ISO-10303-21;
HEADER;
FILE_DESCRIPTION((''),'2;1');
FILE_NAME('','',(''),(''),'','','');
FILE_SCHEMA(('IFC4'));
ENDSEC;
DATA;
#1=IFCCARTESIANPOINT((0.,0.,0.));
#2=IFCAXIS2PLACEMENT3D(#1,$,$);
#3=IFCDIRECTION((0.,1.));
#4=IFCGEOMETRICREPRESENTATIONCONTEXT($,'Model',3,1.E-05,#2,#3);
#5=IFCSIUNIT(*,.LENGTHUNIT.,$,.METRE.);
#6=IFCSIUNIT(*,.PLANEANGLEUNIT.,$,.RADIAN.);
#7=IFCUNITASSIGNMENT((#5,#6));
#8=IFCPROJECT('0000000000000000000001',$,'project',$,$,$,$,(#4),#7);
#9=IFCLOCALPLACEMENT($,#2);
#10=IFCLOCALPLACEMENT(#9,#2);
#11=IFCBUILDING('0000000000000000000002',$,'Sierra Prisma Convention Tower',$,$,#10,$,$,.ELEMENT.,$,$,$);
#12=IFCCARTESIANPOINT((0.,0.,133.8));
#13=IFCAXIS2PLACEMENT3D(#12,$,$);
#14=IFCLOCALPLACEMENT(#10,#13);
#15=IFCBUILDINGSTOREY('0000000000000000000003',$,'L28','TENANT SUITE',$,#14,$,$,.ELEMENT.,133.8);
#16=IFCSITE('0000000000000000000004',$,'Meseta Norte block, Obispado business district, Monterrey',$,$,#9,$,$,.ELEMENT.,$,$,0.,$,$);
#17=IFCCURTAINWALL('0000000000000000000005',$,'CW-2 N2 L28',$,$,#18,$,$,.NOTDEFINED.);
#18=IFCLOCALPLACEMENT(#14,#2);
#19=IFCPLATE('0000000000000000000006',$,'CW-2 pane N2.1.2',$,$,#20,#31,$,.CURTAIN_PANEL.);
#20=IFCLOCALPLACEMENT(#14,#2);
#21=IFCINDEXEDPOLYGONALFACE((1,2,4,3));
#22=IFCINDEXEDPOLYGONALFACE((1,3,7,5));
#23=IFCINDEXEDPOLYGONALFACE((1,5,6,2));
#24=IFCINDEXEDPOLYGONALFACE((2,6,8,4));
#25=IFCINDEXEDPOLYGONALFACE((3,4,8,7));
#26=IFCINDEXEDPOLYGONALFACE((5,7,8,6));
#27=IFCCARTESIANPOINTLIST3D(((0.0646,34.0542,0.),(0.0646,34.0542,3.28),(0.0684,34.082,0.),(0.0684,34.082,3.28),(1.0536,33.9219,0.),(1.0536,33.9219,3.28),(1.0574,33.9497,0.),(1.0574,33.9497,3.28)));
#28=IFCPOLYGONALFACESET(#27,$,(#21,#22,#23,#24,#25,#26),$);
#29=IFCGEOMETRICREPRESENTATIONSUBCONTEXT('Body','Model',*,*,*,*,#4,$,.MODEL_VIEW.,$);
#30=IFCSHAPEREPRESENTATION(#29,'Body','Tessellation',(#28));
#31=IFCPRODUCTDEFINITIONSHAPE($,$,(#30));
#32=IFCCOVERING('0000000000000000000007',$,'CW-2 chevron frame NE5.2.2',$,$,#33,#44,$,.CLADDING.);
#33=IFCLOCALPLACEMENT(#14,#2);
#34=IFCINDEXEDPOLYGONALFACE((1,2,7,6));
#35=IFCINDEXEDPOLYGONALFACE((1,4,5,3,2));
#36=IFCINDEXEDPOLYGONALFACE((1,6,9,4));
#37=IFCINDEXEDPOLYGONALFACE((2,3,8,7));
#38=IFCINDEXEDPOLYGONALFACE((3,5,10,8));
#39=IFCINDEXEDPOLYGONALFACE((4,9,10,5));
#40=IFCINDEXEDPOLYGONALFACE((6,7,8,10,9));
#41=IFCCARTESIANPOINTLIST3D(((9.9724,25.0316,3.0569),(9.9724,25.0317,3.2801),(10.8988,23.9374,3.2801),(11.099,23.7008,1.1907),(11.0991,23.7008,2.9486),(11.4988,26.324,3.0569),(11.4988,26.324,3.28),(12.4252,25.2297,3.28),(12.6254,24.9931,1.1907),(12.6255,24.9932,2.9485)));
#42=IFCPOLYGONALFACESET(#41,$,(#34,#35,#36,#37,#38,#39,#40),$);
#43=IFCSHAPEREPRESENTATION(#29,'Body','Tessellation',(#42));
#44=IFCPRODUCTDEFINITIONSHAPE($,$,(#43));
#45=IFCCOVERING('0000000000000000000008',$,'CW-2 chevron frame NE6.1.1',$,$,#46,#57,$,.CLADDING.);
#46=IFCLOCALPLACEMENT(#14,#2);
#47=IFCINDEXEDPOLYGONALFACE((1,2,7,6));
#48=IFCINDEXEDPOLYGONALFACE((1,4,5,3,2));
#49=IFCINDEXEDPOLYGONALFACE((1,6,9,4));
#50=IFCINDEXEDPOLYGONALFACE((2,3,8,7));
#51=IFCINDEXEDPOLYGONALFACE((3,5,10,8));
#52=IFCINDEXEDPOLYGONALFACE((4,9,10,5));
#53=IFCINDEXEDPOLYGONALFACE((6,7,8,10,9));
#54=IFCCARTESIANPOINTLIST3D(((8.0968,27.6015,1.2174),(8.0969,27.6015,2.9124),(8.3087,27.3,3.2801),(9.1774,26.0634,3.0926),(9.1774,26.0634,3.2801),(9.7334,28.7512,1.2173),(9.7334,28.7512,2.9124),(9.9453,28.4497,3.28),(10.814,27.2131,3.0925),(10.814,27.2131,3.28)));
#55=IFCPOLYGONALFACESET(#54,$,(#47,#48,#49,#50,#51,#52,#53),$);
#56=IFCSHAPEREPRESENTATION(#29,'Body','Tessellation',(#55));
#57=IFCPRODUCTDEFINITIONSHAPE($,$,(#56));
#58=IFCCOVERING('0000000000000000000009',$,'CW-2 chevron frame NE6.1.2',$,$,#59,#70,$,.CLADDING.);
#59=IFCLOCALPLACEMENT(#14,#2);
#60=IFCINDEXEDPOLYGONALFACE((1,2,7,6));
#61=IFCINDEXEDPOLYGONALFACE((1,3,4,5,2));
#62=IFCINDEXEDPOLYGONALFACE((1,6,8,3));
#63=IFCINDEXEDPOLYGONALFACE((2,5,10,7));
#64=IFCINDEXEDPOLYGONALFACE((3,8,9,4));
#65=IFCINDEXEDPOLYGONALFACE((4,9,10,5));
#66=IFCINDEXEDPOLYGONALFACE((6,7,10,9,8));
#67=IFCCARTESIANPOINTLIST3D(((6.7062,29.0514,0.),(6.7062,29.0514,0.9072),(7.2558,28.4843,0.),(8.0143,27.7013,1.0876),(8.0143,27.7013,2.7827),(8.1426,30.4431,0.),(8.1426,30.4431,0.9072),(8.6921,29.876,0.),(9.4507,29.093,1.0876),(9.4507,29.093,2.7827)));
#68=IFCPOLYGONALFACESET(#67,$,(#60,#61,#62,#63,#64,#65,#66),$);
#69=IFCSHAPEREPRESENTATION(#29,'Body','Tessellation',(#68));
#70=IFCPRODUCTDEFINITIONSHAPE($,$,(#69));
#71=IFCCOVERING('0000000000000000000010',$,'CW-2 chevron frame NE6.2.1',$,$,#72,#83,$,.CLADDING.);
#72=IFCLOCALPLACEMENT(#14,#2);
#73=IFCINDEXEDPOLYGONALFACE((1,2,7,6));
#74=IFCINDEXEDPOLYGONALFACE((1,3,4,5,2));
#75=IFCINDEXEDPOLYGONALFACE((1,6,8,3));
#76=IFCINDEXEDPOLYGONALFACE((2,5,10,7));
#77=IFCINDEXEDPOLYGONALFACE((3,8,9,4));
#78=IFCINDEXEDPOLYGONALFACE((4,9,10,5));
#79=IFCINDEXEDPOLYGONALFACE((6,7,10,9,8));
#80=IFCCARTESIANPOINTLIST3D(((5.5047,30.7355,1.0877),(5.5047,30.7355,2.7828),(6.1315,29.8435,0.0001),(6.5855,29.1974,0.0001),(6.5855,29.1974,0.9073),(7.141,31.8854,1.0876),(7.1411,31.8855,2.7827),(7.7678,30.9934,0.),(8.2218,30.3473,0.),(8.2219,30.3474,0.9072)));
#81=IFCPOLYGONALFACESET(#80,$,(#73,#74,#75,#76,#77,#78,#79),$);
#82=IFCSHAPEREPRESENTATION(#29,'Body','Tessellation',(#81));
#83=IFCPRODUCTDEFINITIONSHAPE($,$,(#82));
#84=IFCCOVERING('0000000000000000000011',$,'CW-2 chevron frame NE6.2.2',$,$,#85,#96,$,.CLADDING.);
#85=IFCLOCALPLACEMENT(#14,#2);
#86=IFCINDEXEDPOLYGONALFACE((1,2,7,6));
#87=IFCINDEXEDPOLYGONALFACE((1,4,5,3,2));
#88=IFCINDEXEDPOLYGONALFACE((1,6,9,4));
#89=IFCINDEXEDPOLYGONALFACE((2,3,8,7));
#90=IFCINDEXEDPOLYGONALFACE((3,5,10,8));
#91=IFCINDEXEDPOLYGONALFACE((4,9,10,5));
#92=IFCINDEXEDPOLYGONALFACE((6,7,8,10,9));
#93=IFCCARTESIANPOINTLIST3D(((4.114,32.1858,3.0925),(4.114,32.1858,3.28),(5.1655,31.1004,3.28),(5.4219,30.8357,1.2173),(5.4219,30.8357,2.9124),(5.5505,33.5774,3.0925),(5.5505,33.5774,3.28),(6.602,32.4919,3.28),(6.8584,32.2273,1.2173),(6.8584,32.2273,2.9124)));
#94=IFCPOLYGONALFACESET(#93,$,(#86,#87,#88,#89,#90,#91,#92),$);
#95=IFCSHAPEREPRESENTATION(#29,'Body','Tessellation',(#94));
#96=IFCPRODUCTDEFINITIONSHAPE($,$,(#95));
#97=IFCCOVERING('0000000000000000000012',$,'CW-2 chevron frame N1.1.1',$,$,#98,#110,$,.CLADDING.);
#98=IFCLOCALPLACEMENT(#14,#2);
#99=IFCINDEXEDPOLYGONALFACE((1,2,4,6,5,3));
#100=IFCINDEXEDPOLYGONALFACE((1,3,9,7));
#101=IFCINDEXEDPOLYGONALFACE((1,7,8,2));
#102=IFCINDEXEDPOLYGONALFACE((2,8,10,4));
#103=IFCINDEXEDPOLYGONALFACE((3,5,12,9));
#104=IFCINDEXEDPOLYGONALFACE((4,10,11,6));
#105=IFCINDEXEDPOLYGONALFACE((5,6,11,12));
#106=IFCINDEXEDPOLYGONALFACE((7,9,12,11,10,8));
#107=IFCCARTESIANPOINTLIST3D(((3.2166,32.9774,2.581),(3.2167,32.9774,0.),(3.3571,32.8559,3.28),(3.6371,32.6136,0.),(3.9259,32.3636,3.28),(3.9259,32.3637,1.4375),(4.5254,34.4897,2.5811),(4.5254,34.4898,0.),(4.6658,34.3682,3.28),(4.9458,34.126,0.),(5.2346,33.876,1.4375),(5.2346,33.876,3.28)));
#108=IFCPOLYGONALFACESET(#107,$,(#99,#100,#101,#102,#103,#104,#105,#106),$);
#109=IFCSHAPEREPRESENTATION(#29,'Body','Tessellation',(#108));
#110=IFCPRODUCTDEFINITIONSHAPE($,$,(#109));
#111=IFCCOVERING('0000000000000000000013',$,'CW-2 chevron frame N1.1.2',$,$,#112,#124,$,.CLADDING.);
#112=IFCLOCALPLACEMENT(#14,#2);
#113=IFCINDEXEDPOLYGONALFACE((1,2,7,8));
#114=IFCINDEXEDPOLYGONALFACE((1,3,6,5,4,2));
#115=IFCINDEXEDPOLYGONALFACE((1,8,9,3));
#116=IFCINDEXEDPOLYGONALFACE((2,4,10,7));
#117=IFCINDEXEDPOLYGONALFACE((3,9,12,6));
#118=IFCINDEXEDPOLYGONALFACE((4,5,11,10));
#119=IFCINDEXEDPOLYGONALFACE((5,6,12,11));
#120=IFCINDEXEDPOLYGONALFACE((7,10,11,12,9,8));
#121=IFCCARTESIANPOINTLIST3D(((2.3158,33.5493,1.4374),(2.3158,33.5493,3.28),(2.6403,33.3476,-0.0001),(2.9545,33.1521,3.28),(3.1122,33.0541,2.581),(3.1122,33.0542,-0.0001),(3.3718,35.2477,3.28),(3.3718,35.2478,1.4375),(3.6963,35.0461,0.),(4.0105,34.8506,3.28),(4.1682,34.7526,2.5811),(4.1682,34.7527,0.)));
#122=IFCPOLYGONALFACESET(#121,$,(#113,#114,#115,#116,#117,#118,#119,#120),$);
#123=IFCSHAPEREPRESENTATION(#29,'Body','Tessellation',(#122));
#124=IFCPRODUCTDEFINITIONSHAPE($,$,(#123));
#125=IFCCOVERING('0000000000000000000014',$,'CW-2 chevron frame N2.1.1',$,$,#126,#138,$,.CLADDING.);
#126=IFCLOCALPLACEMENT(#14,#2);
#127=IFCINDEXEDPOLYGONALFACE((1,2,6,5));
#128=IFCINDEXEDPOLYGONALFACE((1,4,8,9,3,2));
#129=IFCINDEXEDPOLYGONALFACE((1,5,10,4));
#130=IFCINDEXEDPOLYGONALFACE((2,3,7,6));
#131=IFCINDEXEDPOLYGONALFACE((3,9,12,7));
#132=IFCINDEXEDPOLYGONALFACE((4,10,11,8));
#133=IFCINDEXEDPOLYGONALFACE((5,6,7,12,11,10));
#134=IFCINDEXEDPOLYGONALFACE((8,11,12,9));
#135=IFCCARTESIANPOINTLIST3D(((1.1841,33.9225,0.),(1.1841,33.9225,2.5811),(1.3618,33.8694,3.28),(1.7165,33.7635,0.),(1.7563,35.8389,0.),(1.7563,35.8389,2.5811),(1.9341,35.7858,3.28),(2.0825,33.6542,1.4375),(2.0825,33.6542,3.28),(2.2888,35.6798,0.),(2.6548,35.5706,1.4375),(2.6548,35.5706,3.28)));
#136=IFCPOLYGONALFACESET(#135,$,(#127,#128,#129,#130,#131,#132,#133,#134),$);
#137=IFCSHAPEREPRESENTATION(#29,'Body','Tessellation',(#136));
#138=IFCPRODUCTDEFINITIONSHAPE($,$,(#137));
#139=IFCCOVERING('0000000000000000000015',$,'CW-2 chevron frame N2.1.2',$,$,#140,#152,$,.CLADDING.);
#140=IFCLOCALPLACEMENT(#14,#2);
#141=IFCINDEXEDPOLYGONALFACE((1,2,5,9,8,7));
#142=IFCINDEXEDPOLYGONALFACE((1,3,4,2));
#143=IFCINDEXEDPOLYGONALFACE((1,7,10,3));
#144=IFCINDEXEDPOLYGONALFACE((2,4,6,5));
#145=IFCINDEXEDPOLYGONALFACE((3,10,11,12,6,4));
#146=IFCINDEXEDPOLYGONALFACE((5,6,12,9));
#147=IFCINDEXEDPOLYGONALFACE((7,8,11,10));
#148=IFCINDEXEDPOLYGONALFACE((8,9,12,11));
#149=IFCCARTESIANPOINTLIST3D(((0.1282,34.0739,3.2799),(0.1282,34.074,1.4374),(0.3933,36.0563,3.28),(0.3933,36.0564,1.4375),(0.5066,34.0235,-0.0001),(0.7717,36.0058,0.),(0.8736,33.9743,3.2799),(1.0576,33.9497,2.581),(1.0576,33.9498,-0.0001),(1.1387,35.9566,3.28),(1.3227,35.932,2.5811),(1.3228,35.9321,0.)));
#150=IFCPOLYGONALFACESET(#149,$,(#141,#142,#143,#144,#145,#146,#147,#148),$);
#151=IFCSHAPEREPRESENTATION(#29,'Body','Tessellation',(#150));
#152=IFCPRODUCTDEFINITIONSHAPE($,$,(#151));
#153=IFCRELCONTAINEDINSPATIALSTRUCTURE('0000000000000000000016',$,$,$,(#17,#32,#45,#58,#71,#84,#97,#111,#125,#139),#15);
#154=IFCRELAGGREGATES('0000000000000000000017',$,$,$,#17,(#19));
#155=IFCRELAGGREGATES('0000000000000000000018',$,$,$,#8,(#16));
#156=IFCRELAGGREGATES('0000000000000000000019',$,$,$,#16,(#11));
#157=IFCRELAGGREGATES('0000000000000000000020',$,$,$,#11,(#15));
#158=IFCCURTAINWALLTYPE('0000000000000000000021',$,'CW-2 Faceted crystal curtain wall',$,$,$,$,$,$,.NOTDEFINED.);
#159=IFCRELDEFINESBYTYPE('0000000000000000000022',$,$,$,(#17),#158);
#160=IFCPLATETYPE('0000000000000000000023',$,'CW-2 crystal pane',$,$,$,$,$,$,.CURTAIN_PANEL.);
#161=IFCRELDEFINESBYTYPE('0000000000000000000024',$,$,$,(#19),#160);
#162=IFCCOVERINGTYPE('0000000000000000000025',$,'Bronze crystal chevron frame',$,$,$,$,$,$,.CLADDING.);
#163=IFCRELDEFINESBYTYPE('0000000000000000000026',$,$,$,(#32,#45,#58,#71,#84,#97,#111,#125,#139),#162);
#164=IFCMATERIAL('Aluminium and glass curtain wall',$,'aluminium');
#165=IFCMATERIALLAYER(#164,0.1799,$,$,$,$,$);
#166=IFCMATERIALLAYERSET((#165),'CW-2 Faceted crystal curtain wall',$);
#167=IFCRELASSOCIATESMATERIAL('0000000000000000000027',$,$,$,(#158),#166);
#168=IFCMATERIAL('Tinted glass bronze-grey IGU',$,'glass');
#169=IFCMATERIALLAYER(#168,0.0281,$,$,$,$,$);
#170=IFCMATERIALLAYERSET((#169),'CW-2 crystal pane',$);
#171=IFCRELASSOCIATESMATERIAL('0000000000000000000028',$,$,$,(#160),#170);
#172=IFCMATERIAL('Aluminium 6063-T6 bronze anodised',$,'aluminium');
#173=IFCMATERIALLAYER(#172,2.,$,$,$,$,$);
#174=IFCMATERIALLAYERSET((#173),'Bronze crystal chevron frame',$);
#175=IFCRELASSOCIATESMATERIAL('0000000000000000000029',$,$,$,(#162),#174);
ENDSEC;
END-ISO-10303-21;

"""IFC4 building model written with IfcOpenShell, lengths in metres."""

from ifc_helpers import new_model, si_unit, direction, frame, origin, place, context, subcontext, project, spatial, polyline, outline, extrude, material, layer, layer_set, type_object, element, aggregate, save


model = new_model("IFC4")

# Units and contexts
model_context = context("Model", 3, precision=1e-05, world=origin(), true_north=direction((0.0, 1.0)))
body_context = subcontext(model_context, "Body", "Model", "MODEL_VIEW")
ifc_project = project(units=[si_unit("LENGTHUNIT", "METRE"), si_unit("PLANEANGLEUNIT", "RADIAN")], contexts=[model_context])

# Site, building, storey
site_placement = place(None, origin())
site = spatial("IfcSite", under=ifc_project, at=site_placement, Name="Meseta Norte block, Obispado business district, Monterrey", CompositionType="ELEMENT", RefElevation=0.0)
building_placement = place(site_placement, origin())
building = spatial("IfcBuilding", under=site, at=building_placement, Name="Sierra Prisma Convention Tower", CompositionType="ELEMENT")
storey_placement = place(building_placement, frame((0.0, 0.0, 133.8)))
storey = spatial("IfcBuildingStorey", under=building, at=storey_placement, Name="L28", Description="TENANT SUITE", CompositionType="ELEMENT", Elevation=133.8)

# Shared definitions
ifc_material_1 = material(Name="Aluminium and glass curtain wall", Category="aluminium")
ifc_layer_1 = layer(ifc_material_1, 0.1799)
ifc_layer_set_1 = layer_set([ifc_layer_1], Name="CW-2 Faceted crystal curtain wall")
curtain_wall_type = type_object("IfcCurtainWallType", Name="CW-2 Faceted crystal curtain wall", PredefinedType="NOTDEFINED", material=ifc_layer_set_1)

# Curtain wall
curtain_wall_1_placement = place(storey_placement, origin())
curtain_wall_1 = element("IfcCurtainWall", 1, at=curtain_wall_1_placement, inside=storey, type_object=curtain_wall_type, Name="CW-2 N2 L28", PredefinedType="NOTDEFINED")

# Plate
ifc_material_2 = material(Name="Tinted glass bronze-grey IGU", Category="glass")
ifc_layer_2 = layer(ifc_material_2, 0.0281)
ifc_layer_set_2 = layer_set([ifc_layer_2], Name="CW-2 crystal pane")
plate_type = type_object("IfcPlateType", Name="CW-2 crystal pane", PredefinedType="CURTAIN_PANEL", material=ifc_layer_set_2)
plate_1_placement = place(storey_placement, frame((0.0684, 34.082, 0.0), z_axis=(0.132612, 0.991168, 0.0), x_axis=(0.991168, -0.132612, 0.0)))
plate_1 = element("IfcPlate", 2, at=plate_1_placement, type_object=plate_type, Name="CW-2 pane N2.1.2", PredefinedType="CURTAIN_PANEL", context=body_context, shape_type="SweptSolid", body=[
    extrude(outline(polyline([(0.0, 0.0), (0.9978, 0.0), (0.9978, -3.28), (0.0, -3.28), (0.0, 0.0)])), origin(), (0.0, 0.0, -1.0), 0.0281),
])
aggregate(curtain_wall_1, [plate_1])

# Coverings
ifc_material_3 = material(Name="Aluminium 6063-T6 bronze anodised", Category="aluminium")
ifc_layer_3 = layer(ifc_material_3, 2.0)
ifc_layer_set_3 = layer_set([ifc_layer_3], Name="Bronze crystal chevron frame")
covering_type = type_object("IfcCoveringType", Name="Bronze crystal chevron frame", PredefinedType="CLADDING", material=ifc_layer_set_3)
covering_1_placement = place(storey_placement, frame((11.4988, 26.324, 3.28), z_axis=(0.763202, 0.64616, -0.000032), x_axis=(0.64616, -0.763202, 0.0)))
element("IfcCovering", 3, at=covering_1_placement, inside=storey, type_object=covering_type, Name="CW-2 chevron frame NE5.2.2", PredefinedType="CLADDING", context=body_context, shape_type="SweptSolid", body=[
    extrude(outline(polyline([(0.0, 0.0), (1.4338, 0.0), (1.7437, 0.3315), (1.7437, 2.0894), (0.0, 0.2231), (0.0, 0.0)])), origin(), (0.0, 0.0, -1.0), 2.0),
])
covering_2_placement = place(storey_placement, frame((10.814, 27.2131, 3.28), z_axis=(0.818258, 0.574851, -0.000033), x_axis=(-0.000027, -0.000019, -1.0)))
element("IfcCovering", 4, at=covering_2_placement, inside=storey, type_object=covering_type, Name="CW-2 chevron frame NE6.1.1", PredefinedType="CLADDING", context=body_context, shape_type="SweptSolid", body=[
    extrude(outline(polyline([(0.0, 0.0), (0.1875, 0.0), (2.0627, 1.8797), (0.3677, 1.8797), (0.0, 1.5112), (0.0, 0.0)])), origin(), (0.0, 0.0, -1.0), 2.0),
])
covering_3_placement = place(storey_placement, frame((9.4507, 29.093, 2.7827), z_axis=(0.718182, 0.695856, 0.000014), x_axis=(0.00001, 0.00001, -1.0)))
element("IfcCovering", 5, at=covering_3_placement, inside=storey, type_object=covering_type, Name="CW-2 chevron frame NE6.1.2", PredefinedType="CLADDING", context=body_context, shape_type="SweptSolid", body=[
    extrude(outline(polyline([(0.0, 0.0), (1.6951, 0.0), (2.7827, 1.0901), (2.7827, 1.8799), (1.8755, 1.8799), (0.0, 0.0)])), origin(), (0.0, 0.0, -1.0), 2.0),
])
covering_4_placement = place(storey_placement, frame((7.7678, 30.9934, 0.0), z_axis=(0.818179, 0.574964, -0.000043), x_axis=(-0.407017, 0.579242, 0.706269)))
element("IfcCovering", 6, at=covering_4_placement, inside=storey, type_object=covering_type, Name="CW-2 chevron frame NE6.2.1", PredefinedType="CLADDING", context=body_context, shape_type="SweptSolid", body=[
    extrude(outline(polyline([(0.0, 0.0), (1.54, 0.0), (2.7372, 1.2), (0.0817, 1.2), (-0.559, 0.5577), (0.0, 0.0)])), origin(), (0.0, 0.0, -1.0), 2.0),
])
covering_5_placement = place(storey_placement, frame((5.5505, 33.5774, 3.28), z_axis=(0.718251, 0.695784, -0.000007), x_axis=(0.695784, -0.718251, 0.0)))
element("IfcCovering", 7, at=covering_5_placement, inside=storey, type_object=covering_type, Name="CW-2 chevron frame NE6.2.2", PredefinedType="CLADDING", context=body_context, shape_type="SweptSolid", body=[
    extrude(outline(polyline([(0.0, 0.0), (1.5113, 0.0), (1.8797, 0.3677), (1.8797, 2.0627), (0.0, 0.1875), (0.0, 0.0)])), origin(), (0.0, 0.0, -1.0), 2.0),
])
covering_6_placement = place(storey_placement, frame((5.2346, 33.876, 3.28), z_axis=(0.65437, 0.756174, 0.00002), x_axis=(0.000013, 0.000015, -1.0)))
element("IfcCovering", 8, at=covering_6_placement, inside=storey, type_object=covering_type, Name="CW-2 chevron frame N1.1.1", PredefinedType="CLADDING", context=body_context, shape_type="SweptSolid", body=[
    extrude(outline(polyline([(0.0, 0.0), (1.8425, 0.0), (3.28, 0.382), (3.28, 0.9379), (0.699, 0.9379), (0.0, 0.7522), (0.0, 0.0)])), origin(), (0.0, 0.0, -1.0), 2.0),
])
covering_7_placement = place(storey_placement, frame((4.1682, 34.7527, 0.0), z_axis=(0.52801, 0.849238, 0.000031), x_axis=(-0.849238, 0.52801, 0.0)))
element("IfcCovering", 9, at=covering_7_placement, inside=storey, type_object=covering_type, Name="CW-2 chevron frame N1.1.2", PredefinedType="CLADDING", context=body_context, shape_type="SweptSolid", body=[
    extrude(outline(polyline([(0.0, 0.0), (0.5557, 0.0), (0.9377, 1.4375), (0.9377, 3.28), (0.1856, 3.28), (0.0, 2.5811), (0.0, 0.0)])), origin(), (0.0, 0.0, -1.0), 2.0),
])
covering_8_placement = place(storey_placement, frame((2.6548, 35.5706, 3.28), z_axis=(0.286145, 0.958186, -0.000003), x_axis=(-0.000001, -0.000003, -1.0)))
element("IfcCovering", 10, at=covering_8_placement, inside=storey, type_object=covering_type, Name="CW-2 chevron frame N2.1.1", PredefinedType="CLADDING", context=body_context, shape_type="SweptSolid", body=[
    extrude(outline(polyline([(0.0, 0.0), (1.8425, 0.0), (3.28, 0.382), (3.28, 0.9376), (0.699, 0.9376), (0.0, 0.7522), (0.0, 0.0)])), origin(), (0.0, 0.0, -1.0), 2.0),
])
covering_9_placement = place(storey_placement, frame((1.3228, 35.9321, 0.0), z_axis=(0.132562, 0.991175, 0.000043), x_axis=(-0.991175, 0.132562, 0.0)))
element("IfcCovering", 11, at=covering_9_placement, inside=storey, type_object=covering_type, Name="CW-2 chevron frame N2.1.2", PredefinedType="CLADDING", context=body_context, shape_type="SweptSolid", body=[
    extrude(outline(polyline([(0.0, 0.0), (0.5559, 0.0), (0.9377, 1.4375), (0.9377, 3.28), (0.1857, 3.28), (0.0, 2.5811), (0.0, 0.0)])), origin(), (0.0, 0.0, -1.0), 2.0),
])

save(model, "model.ifc")
